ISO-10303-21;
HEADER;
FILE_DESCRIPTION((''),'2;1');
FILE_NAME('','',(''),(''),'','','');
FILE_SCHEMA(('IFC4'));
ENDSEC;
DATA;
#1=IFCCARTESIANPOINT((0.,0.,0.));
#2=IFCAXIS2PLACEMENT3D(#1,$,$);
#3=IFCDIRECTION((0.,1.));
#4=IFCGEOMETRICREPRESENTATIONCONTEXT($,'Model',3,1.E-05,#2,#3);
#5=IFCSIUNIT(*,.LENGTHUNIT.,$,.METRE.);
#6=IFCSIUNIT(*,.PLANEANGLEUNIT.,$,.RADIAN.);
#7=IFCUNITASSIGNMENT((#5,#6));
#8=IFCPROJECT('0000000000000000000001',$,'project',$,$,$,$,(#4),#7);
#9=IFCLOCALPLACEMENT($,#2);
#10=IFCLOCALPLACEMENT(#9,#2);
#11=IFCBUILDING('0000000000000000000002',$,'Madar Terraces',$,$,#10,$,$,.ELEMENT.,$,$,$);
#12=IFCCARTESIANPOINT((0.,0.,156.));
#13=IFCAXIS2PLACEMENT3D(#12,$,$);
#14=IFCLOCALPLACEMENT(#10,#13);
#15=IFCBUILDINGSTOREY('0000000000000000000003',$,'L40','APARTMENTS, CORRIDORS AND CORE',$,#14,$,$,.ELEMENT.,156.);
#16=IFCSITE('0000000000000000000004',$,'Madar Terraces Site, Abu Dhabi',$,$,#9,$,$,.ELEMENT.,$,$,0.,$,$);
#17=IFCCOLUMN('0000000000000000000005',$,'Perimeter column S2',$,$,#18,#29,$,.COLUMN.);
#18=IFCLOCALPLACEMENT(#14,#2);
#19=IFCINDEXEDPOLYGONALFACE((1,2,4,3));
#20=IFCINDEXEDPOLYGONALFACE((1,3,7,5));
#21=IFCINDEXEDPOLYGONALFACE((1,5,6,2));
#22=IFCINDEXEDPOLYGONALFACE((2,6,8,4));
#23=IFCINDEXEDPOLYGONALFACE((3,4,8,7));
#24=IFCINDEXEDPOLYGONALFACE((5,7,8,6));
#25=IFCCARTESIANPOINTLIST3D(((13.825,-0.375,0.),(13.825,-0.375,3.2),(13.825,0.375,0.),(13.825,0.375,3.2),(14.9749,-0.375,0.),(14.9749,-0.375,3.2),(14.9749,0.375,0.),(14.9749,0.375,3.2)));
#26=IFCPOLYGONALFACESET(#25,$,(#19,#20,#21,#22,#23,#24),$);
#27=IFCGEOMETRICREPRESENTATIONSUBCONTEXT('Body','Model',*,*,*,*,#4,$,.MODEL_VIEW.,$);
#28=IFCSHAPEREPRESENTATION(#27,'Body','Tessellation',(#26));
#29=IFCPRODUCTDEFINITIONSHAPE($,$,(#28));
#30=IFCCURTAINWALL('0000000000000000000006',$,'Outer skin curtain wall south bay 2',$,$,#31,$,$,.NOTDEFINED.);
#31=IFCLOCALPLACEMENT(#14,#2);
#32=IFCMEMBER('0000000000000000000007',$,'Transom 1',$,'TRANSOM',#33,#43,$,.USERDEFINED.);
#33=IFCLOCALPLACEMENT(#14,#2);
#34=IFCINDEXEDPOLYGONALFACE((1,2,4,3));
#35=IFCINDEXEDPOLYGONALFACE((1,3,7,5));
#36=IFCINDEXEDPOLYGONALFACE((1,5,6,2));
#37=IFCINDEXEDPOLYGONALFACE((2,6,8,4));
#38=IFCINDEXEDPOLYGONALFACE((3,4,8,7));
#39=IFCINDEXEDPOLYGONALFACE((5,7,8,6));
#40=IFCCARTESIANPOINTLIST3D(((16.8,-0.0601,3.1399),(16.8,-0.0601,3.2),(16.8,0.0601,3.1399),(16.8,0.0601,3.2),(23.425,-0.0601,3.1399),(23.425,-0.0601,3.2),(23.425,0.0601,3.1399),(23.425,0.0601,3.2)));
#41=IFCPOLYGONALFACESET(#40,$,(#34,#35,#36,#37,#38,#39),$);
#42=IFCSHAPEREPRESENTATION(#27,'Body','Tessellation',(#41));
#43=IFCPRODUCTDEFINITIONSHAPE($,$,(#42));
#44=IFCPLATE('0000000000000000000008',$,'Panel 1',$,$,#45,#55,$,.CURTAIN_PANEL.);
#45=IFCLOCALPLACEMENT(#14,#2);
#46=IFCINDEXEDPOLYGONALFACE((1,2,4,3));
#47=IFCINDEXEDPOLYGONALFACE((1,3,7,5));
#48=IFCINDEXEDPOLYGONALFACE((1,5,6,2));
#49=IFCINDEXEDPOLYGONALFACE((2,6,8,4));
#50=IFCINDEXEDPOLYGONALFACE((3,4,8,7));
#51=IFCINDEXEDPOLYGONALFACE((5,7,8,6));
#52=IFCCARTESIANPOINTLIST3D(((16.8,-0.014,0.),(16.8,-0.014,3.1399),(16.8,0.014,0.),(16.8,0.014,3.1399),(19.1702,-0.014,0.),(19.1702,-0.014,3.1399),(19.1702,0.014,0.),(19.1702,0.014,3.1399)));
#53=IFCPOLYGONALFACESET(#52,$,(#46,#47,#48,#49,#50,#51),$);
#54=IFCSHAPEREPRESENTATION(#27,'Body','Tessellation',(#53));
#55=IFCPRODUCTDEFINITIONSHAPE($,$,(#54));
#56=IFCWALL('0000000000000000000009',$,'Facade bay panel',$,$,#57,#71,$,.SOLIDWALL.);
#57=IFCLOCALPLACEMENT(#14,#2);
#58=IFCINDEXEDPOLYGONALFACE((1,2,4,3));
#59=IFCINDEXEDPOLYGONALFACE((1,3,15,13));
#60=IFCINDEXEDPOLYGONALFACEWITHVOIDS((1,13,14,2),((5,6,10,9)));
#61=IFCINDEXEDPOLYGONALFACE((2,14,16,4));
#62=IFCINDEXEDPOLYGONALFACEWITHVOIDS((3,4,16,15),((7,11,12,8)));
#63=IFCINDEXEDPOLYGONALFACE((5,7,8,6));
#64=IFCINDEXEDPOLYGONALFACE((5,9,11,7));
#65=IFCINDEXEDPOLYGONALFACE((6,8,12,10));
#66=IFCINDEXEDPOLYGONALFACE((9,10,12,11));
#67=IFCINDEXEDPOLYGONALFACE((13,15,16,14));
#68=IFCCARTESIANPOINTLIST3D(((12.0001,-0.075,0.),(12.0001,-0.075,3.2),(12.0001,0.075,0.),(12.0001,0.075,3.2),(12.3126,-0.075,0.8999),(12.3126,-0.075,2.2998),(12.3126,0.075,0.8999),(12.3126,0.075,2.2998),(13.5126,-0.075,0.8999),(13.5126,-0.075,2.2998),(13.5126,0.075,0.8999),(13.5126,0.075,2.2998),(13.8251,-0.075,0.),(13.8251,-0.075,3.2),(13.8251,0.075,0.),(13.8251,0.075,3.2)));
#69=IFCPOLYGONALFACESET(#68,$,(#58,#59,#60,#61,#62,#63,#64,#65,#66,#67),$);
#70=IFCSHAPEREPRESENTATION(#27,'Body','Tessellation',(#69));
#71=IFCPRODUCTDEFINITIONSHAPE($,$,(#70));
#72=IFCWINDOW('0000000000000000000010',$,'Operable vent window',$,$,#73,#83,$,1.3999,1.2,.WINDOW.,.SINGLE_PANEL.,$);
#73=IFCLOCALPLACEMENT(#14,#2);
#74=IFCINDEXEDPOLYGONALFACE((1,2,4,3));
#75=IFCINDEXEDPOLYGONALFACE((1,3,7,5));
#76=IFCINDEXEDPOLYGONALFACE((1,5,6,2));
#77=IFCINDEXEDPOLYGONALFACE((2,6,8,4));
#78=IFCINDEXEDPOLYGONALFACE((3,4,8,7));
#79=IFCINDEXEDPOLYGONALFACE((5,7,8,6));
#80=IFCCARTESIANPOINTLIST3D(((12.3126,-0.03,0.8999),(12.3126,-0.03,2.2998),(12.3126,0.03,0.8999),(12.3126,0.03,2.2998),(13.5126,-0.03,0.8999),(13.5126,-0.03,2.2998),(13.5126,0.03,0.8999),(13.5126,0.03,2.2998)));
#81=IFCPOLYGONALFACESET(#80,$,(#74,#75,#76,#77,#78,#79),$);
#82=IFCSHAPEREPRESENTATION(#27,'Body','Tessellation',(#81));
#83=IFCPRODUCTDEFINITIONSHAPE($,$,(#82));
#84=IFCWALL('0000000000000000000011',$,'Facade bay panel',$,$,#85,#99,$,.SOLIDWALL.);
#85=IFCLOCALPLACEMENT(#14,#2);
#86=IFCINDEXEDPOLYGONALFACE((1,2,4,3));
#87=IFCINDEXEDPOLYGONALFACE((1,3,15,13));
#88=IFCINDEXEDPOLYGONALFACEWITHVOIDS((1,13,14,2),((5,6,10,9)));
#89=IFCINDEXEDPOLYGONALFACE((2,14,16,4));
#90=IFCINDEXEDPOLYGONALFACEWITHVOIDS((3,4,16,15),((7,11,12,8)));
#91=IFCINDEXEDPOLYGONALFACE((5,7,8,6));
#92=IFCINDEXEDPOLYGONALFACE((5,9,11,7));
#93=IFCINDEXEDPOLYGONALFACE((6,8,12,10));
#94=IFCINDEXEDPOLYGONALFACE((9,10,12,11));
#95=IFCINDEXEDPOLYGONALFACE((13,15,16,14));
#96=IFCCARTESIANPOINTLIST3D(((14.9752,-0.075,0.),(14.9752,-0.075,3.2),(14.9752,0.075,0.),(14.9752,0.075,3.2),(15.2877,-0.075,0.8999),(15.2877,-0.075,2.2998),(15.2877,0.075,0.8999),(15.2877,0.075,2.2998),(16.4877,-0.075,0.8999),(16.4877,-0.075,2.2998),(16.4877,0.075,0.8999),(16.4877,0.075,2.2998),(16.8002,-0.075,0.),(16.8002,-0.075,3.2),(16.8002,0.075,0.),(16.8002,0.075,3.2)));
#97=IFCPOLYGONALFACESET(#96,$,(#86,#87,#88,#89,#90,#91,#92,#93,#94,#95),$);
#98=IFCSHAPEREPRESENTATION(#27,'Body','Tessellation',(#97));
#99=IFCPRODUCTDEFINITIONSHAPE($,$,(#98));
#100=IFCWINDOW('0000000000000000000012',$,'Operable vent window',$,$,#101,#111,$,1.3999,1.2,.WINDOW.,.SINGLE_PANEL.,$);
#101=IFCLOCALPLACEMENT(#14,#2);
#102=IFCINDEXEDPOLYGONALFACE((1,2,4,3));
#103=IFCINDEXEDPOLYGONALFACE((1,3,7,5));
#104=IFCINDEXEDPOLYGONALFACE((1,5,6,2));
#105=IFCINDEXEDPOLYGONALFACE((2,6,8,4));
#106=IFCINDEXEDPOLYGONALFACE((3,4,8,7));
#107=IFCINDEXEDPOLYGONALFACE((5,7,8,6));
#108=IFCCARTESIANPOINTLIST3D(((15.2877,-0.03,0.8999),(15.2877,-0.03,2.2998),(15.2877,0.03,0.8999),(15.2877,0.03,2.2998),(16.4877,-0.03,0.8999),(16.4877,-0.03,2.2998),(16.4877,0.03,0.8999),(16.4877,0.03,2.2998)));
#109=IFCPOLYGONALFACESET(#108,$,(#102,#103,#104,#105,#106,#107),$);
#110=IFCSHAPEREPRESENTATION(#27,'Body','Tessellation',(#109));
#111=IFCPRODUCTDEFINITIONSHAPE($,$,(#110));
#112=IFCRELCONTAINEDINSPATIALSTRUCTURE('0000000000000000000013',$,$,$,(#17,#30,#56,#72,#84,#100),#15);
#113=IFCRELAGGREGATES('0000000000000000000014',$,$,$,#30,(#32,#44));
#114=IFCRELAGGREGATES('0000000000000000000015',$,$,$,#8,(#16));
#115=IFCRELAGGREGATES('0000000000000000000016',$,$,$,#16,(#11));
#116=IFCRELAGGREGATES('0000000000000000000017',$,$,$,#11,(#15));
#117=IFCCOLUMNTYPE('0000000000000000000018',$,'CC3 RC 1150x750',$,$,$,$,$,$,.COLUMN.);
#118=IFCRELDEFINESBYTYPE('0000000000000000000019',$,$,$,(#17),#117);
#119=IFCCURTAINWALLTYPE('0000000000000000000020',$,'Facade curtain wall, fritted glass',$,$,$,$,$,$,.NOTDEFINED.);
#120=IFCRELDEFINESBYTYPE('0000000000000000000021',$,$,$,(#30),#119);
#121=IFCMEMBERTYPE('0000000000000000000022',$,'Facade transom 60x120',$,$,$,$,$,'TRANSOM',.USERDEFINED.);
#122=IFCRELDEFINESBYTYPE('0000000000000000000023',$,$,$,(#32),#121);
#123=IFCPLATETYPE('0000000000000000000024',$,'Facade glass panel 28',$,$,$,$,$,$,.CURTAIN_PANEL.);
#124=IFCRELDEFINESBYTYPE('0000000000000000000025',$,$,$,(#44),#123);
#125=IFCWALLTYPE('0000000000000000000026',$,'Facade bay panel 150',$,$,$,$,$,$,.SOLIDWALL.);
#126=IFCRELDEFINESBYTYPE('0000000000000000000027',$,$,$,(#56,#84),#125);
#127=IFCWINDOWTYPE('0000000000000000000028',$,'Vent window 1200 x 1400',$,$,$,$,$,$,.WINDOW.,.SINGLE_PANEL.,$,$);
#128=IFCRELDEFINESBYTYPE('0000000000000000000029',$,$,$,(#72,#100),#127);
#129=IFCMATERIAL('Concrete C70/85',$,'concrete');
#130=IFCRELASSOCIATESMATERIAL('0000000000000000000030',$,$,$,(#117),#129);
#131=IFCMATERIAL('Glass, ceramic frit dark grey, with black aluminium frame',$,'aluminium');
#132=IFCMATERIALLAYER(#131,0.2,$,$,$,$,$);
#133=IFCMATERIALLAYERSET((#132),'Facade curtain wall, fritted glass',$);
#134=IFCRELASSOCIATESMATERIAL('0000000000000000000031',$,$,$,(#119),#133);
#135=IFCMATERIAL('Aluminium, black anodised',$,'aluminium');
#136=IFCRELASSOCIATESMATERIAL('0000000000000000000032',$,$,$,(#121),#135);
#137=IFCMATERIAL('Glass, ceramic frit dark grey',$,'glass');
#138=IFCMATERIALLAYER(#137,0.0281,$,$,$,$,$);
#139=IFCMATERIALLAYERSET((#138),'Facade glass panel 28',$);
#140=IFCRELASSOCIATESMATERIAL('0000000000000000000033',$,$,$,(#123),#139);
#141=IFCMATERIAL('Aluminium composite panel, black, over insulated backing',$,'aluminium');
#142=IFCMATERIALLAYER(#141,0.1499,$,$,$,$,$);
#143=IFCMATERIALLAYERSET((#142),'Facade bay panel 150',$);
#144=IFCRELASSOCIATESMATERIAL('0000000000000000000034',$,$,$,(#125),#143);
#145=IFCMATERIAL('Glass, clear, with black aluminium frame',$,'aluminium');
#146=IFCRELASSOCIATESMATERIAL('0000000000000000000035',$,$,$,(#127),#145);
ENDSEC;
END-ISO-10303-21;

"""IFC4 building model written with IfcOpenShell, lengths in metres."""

from ifc_helpers import new_model, si_unit, direction, frame, frame_2d, origin, origin_2d, place, context, subcontext, project, spatial, rectangle, extrude, material, layer, layer_set, material_profile, profile_set, type_object, element, fill, aggregate, save


model = new_model("IFC4")

# Units and contexts
model_context = context("Model", 3, precision=1e-05, world=origin(), true_north=direction((0.0, 1.0)))
body_context = subcontext(model_context, "Body", "Model", "MODEL_VIEW")
ifc_project = project(units=[si_unit("LENGTHUNIT", "METRE"), si_unit("PLANEANGLEUNIT", "RADIAN")], contexts=[model_context])

# Site, building, storey
site_placement = place(None, origin())
site = spatial("IfcSite", under=ifc_project, at=site_placement, Name="Madar Terraces Site, Abu Dhabi", CompositionType="ELEMENT", RefElevation=0.0)
building_placement = place(site_placement, origin())
building = spatial("IfcBuilding", under=site, at=building_placement, Name="Madar Terraces", CompositionType="ELEMENT")
storey_placement = place(building_placement, frame((0.0, 0.0, 156.0)))
storey = spatial("IfcBuildingStorey", under=building, at=storey_placement, Name="L40", Description="APARTMENTS, CORRIDORS AND CORE", CompositionType="ELEMENT", Elevation=156.0)

# Column
ifc_material_1 = material(Name="Concrete C70/85", Category="concrete")
ifc_material_profile_1 = material_profile(ifc_material_1, rectangle(XDim=1.1499, YDim=0.75, at=origin_2d()), Name="CC3 RC 1150x750")
ifc_profile_set_1 = profile_set([ifc_material_profile_1], Name="Concrete C70/85")
column_type = type_object("IfcColumnType", Name="CC3 RC 1150x750", PredefinedType="COLUMN", material=ifc_profile_set_1)
column_placement = place(storey_placement, frame((14.3999, 0.0, 0.0), z_axis=(0.0, 0.0, 1.0), x_axis=(1.0, 0.0, 0.0)))
element("IfcColumn", 1, at=column_placement, inside=storey, type_object=column_type, Name="Perimeter column S2", PredefinedType="COLUMN", context=body_context, shape_type="SweptSolid", body=[
    extrude(rectangle(XDim=1.1499, YDim=0.75, at=origin_2d()), origin(), (0.0, 0.0, 1.0), 3.2),
])

# Curtain wall, member, plate
ifc_material_2 = material(Name="Glass, ceramic frit dark grey, with black aluminium frame", Category="aluminium")
ifc_layer_1 = layer(ifc_material_2, 0.2)
ifc_layer_set_1 = layer_set([ifc_layer_1], Name="Facade curtain wall, fritted glass")
curtain_wall_type = type_object("IfcCurtainWallType", Name="Facade curtain wall, fritted glass", PredefinedType="NOTDEFINED", material=ifc_layer_set_1)
curtain_wall_placement = place(storey_placement, origin())
curtain_wall = element("IfcCurtainWall", 2, at=curtain_wall_placement, inside=storey, type_object=curtain_wall_type, Name="Outer skin curtain wall south bay 2", PredefinedType="NOTDEFINED")
ifc_material_3 = material(Name="Aluminium, black anodised", Category="aluminium")
ifc_material_profile_2 = material_profile(ifc_material_3, rectangle(XDim=0.1201, YDim=0.0601, at=origin_2d()), Name="Facade transom 60x120")
ifc_profile_set_2 = profile_set([ifc_material_profile_2], Name="Aluminium, black anodised")
member_type = type_object("IfcMemberType", Name="Facade transom 60x120", ElementType="TRANSOM", PredefinedType="USERDEFINED", material=ifc_profile_set_2)
member_placement = place(storey_placement, frame((16.8, 0.0, 3.1699), z_axis=(1.0, 0.0, 0.0), x_axis=(0.0, 1.0, 0.0)))
member = element("IfcMember", 3, at=member_placement, type_object=member_type, Name="Transom 1", ObjectType="TRANSOM", PredefinedType="USERDEFINED", context=body_context, shape_type="SweptSolid", body=[
    extrude(rectangle(XDim=0.1201, YDim=0.0601, at=origin_2d()), origin(), (0.0, 0.0, 1.0), 6.625),
])
ifc_material_4 = material(Name="Glass, ceramic frit dark grey", Category="glass")
ifc_layer_2 = layer(ifc_material_4, 0.0281)
ifc_layer_set_2 = layer_set([ifc_layer_2], Name="Facade glass panel 28")
plate_type = type_object("IfcPlateType", Name="Facade glass panel 28", PredefinedType="CURTAIN_PANEL", material=ifc_layer_set_2)
plate_placement = place(storey_placement, frame((17.9851, 0.0, 0.0), z_axis=(0.0, 0.0, 1.0), x_axis=(1.0, 0.0, 0.0)))
plate = element("IfcPlate", 4, at=plate_placement, type_object=plate_type, Name="Panel 1", PredefinedType="CURTAIN_PANEL", context=body_context, shape_type="SweptSolid", body=[
    extrude(rectangle(XDim=2.3701, YDim=0.0281, at=origin_2d()), origin(), (0.0, 0.0, 1.0), 3.1399),
])
aggregate(curtain_wall, [member, plate])

# Walls, openings, windows
ifc_material_5 = material(Name="Aluminium composite panel, black, over insulated backing", Category="aluminium")
ifc_layer_3 = layer(ifc_material_5, 0.1499)
ifc_layer_set_3 = layer_set([ifc_layer_3], Name="Facade bay panel 150")
wall_type_1 = type_object("IfcWallType", Name="Facade bay panel 150", PredefinedType="SOLIDWALL", material=ifc_layer_set_3)
wall_1_placement = place(storey_placement, frame((12.0, 0.0, 0.0), z_axis=(0.0, 0.0, 1.0), x_axis=(1.0, 0.0, 0.0)))
wall_1 = element("IfcWall", 5, at=wall_1_placement, inside=storey, type_object=wall_type_1, Name="Facade bay panel", PredefinedType="SOLIDWALL", context=body_context, shape_type="SweptSolid", body=[
    extrude(rectangle(XDim=1.825, YDim=0.1499, at=frame_2d((0.9126, 0.0))), origin(), (0.0, 0.0, 1.0), 3.2),
])
opening_1_placement = place(wall_1_placement, frame((0.3125, 0.0, 0.8999)))
opening_1 = element("IfcOpeningElement", 6, at=opening_1_placement, cuts=wall_1, PredefinedType="OPENING", context=body_context, shape_type="SweptSolid", body=[
    extrude(rectangle(XDim=1.2, YDim=1.3999, at=frame_2d((0.6001, 0.7))), frame((0.0, 0.085, 0.0), z_axis=(0.0, -1.0, 0.0), x_axis=(1.0, 0.0, 0.0)), (0.0, 0.0, 1.0), 0.1699),
])
ifc_material_6 = material(Name="Glass, clear, with black aluminium frame", Category="aluminium")
window_type = type_object("IfcWindowType", Name="Vent window 1200 x 1400", PartitioningType="SINGLE_PANEL", PredefinedType="WINDOW", material=ifc_material_6)
window_1_placement = place(opening_1_placement, origin())
window_1 = element("IfcWindow", 7, at=window_1_placement, inside=storey, type_object=window_type, Name="Operable vent window", OverallHeight=1.3999, OverallWidth=1.2, PartitioningType="SINGLE_PANEL", PredefinedType="WINDOW", context=body_context, shape_type="SweptSolid", body=[
    extrude(rectangle(XDim=1.2, YDim=1.3999, at=frame_2d((0.6001, 0.7))), frame((0.0, 0.03, 0.0), z_axis=(0.0, -1.0, 0.0), x_axis=(1.0, 0.0, 0.0)), (0.0, 0.0, 1.0), 0.0601),
])
fill(opening_1, window_1)
wall_2_placement = place(storey_placement, frame((14.9751, 0.0, 0.0), z_axis=(0.0, 0.0, 1.0), x_axis=(1.0, 0.0, 0.0)))
wall_2 = element("IfcWall", 8, at=wall_2_placement, inside=storey, type_object=wall_type_1, Name="Facade bay panel", PredefinedType="SOLIDWALL", context=body_context, shape_type="SweptSolid", body=[
    extrude(rectangle(XDim=1.825, YDim=0.1499, at=frame_2d((0.9126, 0.0))), origin(), (0.0, 0.0, 1.0), 3.2),
])
opening_2_placement = place(wall_2_placement, frame((0.3125, 0.0, 0.8999)))
opening_2 = element("IfcOpeningElement", 9, at=opening_2_placement, cuts=wall_2, PredefinedType="OPENING", context=body_context, shape_type="SweptSolid", body=[
    extrude(rectangle(XDim=1.2, YDim=1.3999, at=frame_2d((0.6001, 0.7))), frame((0.0, 0.085, 0.0), z_axis=(0.0, -1.0, 0.0), x_axis=(1.0, 0.0, 0.0)), (0.0, 0.0, 1.0), 0.1699),
])
window_2_placement = place(opening_2_placement, origin())
window_2 = element("IfcWindow", 10, at=window_2_placement, inside=storey, type_object=window_type, Name="Operable vent window", OverallHeight=1.3999, OverallWidth=1.2, PartitioningType="SINGLE_PANEL", PredefinedType="WINDOW", context=body_context, shape_type="SweptSolid", body=[
    extrude(rectangle(XDim=1.2, YDim=1.3999, at=frame_2d((0.6001, 0.7))), frame((0.0, 0.03, 0.0), z_axis=(0.0, -1.0, 0.0), x_axis=(1.0, 0.0, 0.0)), (0.0, 0.0, 1.0), 0.0601),
])
fill(opening_2, window_2)

save(model, "model.ifc")
